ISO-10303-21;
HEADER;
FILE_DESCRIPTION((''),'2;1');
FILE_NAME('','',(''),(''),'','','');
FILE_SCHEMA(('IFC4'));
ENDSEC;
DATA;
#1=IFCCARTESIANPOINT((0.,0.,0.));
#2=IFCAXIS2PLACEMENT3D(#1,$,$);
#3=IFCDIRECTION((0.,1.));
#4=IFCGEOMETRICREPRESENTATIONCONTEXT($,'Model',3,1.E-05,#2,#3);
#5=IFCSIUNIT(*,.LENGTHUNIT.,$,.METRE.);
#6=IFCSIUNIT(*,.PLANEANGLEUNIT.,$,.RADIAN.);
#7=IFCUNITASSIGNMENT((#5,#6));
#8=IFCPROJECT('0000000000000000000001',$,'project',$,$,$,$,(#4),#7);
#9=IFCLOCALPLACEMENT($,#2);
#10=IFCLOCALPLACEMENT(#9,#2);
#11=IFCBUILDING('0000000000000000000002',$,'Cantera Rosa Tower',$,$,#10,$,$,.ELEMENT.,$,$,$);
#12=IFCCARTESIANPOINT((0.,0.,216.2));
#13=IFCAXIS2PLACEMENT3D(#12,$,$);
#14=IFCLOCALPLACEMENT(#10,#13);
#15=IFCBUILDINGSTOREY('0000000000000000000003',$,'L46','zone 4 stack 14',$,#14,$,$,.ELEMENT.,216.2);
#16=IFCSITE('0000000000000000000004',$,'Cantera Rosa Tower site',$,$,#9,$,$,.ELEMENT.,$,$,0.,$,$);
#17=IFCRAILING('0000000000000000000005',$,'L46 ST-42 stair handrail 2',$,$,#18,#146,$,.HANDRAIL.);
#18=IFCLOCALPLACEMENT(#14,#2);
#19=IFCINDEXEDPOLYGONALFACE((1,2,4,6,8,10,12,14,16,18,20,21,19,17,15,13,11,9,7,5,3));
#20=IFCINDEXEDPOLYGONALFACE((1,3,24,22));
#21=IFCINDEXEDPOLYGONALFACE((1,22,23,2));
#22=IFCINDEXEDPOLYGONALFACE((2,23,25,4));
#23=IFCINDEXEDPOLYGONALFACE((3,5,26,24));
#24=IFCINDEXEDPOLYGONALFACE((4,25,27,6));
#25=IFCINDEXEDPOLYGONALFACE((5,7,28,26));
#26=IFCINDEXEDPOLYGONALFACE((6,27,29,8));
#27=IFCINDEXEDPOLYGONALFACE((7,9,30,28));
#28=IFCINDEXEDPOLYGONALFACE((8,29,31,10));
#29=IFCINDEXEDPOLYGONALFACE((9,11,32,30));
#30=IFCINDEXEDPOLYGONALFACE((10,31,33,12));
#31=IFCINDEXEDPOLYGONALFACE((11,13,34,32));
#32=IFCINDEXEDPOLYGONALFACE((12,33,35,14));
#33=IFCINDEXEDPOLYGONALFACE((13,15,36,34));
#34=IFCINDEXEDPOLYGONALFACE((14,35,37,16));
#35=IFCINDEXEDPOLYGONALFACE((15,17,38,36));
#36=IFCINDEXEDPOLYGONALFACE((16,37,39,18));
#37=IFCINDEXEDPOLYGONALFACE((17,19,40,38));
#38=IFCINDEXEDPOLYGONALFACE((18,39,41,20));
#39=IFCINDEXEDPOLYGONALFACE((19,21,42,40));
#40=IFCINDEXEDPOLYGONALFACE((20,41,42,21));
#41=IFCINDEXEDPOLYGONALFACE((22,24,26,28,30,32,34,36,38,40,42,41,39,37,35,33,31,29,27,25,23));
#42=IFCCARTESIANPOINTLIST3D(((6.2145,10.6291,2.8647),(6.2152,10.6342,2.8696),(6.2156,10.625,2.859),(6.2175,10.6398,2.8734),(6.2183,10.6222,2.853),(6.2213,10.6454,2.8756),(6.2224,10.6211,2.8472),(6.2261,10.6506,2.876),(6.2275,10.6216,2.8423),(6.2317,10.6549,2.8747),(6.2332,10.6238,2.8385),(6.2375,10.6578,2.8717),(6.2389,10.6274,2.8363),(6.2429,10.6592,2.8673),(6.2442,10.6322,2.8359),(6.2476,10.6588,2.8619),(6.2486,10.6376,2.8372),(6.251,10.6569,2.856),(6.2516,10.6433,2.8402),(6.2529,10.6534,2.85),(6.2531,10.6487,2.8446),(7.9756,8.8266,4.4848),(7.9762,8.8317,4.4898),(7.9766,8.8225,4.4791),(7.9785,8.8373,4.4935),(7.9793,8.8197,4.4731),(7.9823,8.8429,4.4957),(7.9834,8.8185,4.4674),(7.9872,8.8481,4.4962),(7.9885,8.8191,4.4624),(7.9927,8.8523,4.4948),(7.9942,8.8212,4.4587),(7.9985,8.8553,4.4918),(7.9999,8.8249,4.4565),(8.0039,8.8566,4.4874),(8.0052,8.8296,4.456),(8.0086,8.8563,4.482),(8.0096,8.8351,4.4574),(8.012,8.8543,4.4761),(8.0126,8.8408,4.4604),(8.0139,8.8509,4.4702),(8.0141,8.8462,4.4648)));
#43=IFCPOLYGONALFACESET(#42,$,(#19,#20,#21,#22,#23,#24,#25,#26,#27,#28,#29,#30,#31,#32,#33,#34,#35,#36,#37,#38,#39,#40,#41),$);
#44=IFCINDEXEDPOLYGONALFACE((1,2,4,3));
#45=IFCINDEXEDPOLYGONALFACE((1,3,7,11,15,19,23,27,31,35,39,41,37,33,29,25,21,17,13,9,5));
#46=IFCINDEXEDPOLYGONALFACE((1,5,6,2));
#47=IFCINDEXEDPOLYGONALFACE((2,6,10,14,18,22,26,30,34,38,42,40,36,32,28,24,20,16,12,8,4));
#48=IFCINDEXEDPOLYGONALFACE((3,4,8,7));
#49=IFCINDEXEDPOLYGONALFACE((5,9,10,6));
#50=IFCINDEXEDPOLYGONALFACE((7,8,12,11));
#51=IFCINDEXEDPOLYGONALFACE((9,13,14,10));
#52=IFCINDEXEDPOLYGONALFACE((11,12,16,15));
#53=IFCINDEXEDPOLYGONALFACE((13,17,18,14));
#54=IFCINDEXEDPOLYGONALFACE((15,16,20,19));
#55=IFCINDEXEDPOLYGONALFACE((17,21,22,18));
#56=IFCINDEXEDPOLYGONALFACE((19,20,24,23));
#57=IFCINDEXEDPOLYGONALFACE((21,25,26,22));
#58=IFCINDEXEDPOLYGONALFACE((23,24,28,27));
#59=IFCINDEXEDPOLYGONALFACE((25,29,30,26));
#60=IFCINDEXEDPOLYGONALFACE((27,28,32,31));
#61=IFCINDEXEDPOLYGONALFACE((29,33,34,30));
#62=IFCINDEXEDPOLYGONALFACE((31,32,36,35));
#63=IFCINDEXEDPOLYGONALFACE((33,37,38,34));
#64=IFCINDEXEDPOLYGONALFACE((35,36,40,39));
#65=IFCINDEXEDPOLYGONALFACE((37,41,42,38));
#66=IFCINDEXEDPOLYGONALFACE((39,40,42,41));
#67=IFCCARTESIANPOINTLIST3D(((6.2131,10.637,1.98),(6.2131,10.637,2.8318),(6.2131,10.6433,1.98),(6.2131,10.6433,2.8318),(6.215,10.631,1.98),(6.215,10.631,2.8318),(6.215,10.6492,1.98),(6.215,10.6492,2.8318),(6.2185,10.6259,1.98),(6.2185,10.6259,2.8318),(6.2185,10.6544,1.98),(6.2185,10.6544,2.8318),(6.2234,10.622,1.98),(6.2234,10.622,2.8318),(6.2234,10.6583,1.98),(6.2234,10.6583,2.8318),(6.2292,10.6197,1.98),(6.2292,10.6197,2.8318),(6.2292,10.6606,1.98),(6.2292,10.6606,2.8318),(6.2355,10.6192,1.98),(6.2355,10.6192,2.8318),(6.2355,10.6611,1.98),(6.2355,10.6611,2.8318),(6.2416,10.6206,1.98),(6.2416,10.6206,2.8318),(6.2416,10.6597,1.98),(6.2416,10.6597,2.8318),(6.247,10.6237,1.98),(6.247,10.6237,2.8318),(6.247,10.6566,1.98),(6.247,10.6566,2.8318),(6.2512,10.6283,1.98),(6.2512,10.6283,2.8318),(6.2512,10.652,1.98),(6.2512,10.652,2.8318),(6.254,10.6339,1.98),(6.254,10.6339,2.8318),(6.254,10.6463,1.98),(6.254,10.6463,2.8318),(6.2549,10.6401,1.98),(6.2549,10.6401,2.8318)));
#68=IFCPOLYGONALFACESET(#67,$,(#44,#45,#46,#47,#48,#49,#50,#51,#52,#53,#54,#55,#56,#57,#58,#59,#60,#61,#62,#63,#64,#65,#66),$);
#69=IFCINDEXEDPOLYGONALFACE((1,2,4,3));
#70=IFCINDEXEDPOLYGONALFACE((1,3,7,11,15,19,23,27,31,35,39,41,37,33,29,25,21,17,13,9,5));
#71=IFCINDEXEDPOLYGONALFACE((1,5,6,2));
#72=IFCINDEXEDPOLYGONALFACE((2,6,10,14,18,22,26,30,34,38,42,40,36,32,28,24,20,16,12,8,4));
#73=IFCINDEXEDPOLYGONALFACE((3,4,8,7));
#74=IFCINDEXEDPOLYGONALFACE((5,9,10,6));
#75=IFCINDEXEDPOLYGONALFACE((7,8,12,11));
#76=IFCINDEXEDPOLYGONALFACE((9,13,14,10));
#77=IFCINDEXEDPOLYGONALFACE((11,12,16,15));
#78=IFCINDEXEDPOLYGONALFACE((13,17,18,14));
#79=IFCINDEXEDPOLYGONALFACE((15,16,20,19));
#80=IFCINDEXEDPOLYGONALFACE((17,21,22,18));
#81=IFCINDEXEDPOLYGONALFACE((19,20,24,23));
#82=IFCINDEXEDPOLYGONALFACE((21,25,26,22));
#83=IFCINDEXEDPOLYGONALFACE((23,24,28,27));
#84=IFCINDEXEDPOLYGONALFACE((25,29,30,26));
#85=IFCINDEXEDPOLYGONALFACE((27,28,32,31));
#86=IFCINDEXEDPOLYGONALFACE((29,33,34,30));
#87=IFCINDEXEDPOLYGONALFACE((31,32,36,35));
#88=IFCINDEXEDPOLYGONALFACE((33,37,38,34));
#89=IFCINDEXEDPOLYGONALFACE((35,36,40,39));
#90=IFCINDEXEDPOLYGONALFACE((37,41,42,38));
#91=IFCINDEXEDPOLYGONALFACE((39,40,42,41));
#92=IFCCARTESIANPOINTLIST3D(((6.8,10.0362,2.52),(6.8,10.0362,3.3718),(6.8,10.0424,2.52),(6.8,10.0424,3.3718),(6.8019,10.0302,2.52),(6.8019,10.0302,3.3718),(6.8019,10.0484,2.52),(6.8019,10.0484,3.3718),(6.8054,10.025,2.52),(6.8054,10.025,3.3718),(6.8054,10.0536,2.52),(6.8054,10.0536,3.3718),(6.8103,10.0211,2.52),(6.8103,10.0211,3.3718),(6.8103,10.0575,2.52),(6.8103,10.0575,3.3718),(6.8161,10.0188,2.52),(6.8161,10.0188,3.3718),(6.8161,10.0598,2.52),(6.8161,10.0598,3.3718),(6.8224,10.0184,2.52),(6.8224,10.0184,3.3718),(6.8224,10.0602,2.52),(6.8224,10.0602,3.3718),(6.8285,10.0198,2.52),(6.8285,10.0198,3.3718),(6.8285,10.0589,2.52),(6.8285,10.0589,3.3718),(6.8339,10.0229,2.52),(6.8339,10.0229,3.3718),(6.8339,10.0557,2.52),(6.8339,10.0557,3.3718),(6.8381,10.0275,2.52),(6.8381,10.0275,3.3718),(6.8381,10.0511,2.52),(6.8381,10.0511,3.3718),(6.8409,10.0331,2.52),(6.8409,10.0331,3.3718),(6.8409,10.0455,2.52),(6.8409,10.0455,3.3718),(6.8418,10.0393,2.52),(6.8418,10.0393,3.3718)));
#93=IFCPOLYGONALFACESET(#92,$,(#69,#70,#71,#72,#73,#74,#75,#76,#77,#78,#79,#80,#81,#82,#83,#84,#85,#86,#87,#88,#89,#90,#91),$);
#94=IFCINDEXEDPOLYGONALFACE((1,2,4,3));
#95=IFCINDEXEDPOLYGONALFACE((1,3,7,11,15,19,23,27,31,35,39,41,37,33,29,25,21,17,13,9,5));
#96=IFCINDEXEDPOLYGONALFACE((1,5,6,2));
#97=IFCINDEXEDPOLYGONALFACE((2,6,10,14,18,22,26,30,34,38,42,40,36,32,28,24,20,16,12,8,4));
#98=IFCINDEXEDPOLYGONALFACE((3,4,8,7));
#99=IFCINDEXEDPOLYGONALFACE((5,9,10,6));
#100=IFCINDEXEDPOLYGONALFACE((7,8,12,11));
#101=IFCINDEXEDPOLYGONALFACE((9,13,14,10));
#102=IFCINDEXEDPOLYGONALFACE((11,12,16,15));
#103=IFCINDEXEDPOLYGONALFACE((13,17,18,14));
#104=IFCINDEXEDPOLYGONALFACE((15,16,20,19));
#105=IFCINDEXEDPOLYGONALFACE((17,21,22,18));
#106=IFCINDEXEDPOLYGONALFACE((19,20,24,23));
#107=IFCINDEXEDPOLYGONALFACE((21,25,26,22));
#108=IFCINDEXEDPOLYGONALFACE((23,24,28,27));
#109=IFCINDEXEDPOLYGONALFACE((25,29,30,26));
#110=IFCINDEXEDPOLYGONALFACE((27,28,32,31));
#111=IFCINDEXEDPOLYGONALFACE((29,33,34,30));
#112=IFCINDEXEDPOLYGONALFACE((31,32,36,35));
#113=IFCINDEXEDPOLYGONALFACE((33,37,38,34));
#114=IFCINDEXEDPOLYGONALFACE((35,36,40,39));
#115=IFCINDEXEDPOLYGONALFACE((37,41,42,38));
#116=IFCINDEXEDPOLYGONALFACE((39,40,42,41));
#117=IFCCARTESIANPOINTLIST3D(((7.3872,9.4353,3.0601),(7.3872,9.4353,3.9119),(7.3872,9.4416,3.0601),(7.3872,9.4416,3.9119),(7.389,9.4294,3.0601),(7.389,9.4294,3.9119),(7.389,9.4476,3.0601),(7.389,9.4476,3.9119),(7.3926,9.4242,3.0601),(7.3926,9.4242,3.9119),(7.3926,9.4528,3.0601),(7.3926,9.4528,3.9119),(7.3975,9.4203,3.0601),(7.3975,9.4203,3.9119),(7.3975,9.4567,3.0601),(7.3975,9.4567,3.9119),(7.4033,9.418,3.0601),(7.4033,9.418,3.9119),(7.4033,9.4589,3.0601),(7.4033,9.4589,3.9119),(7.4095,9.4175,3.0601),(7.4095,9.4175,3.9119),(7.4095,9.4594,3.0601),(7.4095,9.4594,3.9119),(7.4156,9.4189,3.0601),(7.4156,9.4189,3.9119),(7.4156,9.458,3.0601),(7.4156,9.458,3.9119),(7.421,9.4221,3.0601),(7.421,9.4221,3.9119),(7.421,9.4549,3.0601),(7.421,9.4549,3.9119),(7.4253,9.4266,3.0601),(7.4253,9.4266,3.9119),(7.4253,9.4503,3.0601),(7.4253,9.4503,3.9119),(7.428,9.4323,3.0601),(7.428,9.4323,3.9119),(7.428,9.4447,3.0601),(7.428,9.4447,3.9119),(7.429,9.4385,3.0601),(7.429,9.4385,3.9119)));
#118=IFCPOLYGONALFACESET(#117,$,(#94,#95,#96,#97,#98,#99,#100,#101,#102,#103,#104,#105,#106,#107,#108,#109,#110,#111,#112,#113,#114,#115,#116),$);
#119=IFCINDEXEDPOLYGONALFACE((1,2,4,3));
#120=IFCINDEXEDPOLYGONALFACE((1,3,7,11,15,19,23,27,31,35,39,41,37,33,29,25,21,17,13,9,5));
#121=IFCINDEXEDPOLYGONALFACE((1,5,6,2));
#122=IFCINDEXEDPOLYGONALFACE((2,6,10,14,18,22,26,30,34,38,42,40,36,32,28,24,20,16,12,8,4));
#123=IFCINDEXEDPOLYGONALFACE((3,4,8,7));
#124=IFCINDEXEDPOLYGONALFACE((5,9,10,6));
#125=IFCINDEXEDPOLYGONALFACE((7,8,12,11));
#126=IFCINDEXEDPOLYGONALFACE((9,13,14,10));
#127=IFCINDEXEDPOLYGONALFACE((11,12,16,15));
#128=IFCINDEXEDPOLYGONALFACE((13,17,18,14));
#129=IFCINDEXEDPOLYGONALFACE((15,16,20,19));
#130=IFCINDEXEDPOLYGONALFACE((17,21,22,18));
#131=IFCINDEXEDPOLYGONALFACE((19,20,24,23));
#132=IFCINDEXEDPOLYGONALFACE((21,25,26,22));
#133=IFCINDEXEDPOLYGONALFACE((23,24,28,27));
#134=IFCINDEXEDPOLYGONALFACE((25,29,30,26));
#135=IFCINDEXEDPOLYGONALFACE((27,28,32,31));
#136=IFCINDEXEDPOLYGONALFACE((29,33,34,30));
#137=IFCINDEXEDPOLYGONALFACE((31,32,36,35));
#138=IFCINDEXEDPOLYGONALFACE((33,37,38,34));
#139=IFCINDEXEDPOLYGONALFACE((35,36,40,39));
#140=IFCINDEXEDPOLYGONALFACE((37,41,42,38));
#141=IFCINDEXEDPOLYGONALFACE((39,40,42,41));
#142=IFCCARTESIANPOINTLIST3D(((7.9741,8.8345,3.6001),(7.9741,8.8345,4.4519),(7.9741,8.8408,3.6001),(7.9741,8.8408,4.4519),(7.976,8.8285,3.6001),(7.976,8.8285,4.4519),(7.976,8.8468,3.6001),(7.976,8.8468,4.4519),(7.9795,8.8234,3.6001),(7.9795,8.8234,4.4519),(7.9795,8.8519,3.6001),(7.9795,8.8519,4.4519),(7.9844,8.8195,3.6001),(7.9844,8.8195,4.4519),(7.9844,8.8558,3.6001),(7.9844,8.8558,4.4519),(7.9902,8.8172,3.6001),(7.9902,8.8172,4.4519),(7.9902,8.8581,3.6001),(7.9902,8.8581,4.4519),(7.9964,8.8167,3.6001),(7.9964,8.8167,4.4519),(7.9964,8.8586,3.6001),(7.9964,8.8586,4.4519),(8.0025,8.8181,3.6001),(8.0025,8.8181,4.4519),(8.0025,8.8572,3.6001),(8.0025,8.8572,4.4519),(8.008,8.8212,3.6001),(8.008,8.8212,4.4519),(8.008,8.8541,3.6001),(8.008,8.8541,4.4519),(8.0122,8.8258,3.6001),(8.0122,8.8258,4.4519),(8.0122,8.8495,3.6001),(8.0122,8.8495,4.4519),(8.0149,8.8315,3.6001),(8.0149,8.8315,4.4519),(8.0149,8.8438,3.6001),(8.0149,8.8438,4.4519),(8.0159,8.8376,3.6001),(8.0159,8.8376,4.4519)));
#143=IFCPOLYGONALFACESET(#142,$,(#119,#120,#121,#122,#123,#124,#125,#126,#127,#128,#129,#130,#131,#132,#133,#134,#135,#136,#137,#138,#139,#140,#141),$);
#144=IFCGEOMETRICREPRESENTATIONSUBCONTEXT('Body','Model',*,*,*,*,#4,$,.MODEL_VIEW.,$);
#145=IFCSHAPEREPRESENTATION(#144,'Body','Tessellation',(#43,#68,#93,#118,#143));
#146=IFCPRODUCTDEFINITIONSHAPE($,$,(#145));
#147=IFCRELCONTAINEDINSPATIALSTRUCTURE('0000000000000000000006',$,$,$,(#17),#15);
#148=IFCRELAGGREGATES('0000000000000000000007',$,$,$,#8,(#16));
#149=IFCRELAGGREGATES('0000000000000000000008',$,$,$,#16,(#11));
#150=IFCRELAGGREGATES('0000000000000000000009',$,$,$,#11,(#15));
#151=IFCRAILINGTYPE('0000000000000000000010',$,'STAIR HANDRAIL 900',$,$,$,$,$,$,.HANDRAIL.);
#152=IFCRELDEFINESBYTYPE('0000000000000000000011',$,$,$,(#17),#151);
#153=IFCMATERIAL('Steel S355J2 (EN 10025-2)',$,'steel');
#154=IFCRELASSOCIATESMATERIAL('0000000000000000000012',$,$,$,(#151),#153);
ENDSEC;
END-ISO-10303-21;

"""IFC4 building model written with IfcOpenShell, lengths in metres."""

from ifc_helpers import new_model, si_unit, direction, frame, origin, origin_2d, place, context, subcontext, project, spatial, circle, extrude, material, type_object, element, save


model = new_model("IFC4")

# Units and contexts
model_context = context("Model", 3, precision=1e-05, world=origin(), true_north=direction((0.0, 1.0)))
body_context = subcontext(model_context, "Body", "Model", "MODEL_VIEW")
ifc_project = project(units=[si_unit("LENGTHUNIT", "METRE"), si_unit("PLANEANGLEUNIT", "RADIAN")], contexts=[model_context])

# Site, building, storey
site_placement = place(None, origin())
site = spatial("IfcSite", under=ifc_project, at=site_placement, Name="Cantera Rosa Tower site", CompositionType="ELEMENT", RefElevation=0.0)
building_placement = place(site_placement, origin())
building = spatial("IfcBuilding", under=site, at=building_placement, Name="Cantera Rosa Tower", CompositionType="ELEMENT")
storey_placement = place(building_placement, frame((0.0, 0.0, 216.2)))
storey = spatial("IfcBuildingStorey", under=building, at=storey_placement, Name="L46", Description="zone 4 stack 14", CompositionType="ELEMENT", Elevation=216.2)

# Railing
ifc_material_1 = material(Name="Steel S355J2 (EN 10025-2)", Category="steel")
railing_type_1 = type_object("IfcRailingType", Name="STAIR HANDRAIL 900", PredefinedType="HANDRAIL", material=ifc_material_1)
railing_1_placement = place(storey_placement, frame((6.2339, 10.6401, 1.98)))
element("IfcRailing", 1, at=railing_1_placement, inside=storey, type_object=railing_type_1, Name="L46 ST-42 stair handrail 2", PredefinedType="HANDRAIL", context=body_context, shape_type="SweptSolid", body=[
    extrude(circle(Radius=0.0239, at=origin_2d()), frame((0.0, 0.0, 0.876), z_axis=(0.587818, -0.601672, 0.540796), x_axis=(0.715294, 0.698824, 0.0)), (0.0, 0.0, 1.0), 2.9958),
    extrude(circle(Radius=0.021, at=origin_2d()), origin(), (0.0, 0.0, 1.0), 0.8518),
    extrude(circle(Radius=0.021, at=origin_2d()), frame((0.5869, -0.6008, 0.54)), (0.0, 0.0, 1.0), 0.8518),
    extrude(circle(Radius=0.021, at=origin_2d()), frame((1.1741, -1.2017, 1.0801)), (0.0, 0.0, 1.0), 0.8518),
    extrude(circle(Radius=0.021, at=origin_2d()), frame((1.761, -1.8025, 1.6201)), (0.0, 0.0, 1.0), 0.8518),
])

save(model, "model.ifc")
